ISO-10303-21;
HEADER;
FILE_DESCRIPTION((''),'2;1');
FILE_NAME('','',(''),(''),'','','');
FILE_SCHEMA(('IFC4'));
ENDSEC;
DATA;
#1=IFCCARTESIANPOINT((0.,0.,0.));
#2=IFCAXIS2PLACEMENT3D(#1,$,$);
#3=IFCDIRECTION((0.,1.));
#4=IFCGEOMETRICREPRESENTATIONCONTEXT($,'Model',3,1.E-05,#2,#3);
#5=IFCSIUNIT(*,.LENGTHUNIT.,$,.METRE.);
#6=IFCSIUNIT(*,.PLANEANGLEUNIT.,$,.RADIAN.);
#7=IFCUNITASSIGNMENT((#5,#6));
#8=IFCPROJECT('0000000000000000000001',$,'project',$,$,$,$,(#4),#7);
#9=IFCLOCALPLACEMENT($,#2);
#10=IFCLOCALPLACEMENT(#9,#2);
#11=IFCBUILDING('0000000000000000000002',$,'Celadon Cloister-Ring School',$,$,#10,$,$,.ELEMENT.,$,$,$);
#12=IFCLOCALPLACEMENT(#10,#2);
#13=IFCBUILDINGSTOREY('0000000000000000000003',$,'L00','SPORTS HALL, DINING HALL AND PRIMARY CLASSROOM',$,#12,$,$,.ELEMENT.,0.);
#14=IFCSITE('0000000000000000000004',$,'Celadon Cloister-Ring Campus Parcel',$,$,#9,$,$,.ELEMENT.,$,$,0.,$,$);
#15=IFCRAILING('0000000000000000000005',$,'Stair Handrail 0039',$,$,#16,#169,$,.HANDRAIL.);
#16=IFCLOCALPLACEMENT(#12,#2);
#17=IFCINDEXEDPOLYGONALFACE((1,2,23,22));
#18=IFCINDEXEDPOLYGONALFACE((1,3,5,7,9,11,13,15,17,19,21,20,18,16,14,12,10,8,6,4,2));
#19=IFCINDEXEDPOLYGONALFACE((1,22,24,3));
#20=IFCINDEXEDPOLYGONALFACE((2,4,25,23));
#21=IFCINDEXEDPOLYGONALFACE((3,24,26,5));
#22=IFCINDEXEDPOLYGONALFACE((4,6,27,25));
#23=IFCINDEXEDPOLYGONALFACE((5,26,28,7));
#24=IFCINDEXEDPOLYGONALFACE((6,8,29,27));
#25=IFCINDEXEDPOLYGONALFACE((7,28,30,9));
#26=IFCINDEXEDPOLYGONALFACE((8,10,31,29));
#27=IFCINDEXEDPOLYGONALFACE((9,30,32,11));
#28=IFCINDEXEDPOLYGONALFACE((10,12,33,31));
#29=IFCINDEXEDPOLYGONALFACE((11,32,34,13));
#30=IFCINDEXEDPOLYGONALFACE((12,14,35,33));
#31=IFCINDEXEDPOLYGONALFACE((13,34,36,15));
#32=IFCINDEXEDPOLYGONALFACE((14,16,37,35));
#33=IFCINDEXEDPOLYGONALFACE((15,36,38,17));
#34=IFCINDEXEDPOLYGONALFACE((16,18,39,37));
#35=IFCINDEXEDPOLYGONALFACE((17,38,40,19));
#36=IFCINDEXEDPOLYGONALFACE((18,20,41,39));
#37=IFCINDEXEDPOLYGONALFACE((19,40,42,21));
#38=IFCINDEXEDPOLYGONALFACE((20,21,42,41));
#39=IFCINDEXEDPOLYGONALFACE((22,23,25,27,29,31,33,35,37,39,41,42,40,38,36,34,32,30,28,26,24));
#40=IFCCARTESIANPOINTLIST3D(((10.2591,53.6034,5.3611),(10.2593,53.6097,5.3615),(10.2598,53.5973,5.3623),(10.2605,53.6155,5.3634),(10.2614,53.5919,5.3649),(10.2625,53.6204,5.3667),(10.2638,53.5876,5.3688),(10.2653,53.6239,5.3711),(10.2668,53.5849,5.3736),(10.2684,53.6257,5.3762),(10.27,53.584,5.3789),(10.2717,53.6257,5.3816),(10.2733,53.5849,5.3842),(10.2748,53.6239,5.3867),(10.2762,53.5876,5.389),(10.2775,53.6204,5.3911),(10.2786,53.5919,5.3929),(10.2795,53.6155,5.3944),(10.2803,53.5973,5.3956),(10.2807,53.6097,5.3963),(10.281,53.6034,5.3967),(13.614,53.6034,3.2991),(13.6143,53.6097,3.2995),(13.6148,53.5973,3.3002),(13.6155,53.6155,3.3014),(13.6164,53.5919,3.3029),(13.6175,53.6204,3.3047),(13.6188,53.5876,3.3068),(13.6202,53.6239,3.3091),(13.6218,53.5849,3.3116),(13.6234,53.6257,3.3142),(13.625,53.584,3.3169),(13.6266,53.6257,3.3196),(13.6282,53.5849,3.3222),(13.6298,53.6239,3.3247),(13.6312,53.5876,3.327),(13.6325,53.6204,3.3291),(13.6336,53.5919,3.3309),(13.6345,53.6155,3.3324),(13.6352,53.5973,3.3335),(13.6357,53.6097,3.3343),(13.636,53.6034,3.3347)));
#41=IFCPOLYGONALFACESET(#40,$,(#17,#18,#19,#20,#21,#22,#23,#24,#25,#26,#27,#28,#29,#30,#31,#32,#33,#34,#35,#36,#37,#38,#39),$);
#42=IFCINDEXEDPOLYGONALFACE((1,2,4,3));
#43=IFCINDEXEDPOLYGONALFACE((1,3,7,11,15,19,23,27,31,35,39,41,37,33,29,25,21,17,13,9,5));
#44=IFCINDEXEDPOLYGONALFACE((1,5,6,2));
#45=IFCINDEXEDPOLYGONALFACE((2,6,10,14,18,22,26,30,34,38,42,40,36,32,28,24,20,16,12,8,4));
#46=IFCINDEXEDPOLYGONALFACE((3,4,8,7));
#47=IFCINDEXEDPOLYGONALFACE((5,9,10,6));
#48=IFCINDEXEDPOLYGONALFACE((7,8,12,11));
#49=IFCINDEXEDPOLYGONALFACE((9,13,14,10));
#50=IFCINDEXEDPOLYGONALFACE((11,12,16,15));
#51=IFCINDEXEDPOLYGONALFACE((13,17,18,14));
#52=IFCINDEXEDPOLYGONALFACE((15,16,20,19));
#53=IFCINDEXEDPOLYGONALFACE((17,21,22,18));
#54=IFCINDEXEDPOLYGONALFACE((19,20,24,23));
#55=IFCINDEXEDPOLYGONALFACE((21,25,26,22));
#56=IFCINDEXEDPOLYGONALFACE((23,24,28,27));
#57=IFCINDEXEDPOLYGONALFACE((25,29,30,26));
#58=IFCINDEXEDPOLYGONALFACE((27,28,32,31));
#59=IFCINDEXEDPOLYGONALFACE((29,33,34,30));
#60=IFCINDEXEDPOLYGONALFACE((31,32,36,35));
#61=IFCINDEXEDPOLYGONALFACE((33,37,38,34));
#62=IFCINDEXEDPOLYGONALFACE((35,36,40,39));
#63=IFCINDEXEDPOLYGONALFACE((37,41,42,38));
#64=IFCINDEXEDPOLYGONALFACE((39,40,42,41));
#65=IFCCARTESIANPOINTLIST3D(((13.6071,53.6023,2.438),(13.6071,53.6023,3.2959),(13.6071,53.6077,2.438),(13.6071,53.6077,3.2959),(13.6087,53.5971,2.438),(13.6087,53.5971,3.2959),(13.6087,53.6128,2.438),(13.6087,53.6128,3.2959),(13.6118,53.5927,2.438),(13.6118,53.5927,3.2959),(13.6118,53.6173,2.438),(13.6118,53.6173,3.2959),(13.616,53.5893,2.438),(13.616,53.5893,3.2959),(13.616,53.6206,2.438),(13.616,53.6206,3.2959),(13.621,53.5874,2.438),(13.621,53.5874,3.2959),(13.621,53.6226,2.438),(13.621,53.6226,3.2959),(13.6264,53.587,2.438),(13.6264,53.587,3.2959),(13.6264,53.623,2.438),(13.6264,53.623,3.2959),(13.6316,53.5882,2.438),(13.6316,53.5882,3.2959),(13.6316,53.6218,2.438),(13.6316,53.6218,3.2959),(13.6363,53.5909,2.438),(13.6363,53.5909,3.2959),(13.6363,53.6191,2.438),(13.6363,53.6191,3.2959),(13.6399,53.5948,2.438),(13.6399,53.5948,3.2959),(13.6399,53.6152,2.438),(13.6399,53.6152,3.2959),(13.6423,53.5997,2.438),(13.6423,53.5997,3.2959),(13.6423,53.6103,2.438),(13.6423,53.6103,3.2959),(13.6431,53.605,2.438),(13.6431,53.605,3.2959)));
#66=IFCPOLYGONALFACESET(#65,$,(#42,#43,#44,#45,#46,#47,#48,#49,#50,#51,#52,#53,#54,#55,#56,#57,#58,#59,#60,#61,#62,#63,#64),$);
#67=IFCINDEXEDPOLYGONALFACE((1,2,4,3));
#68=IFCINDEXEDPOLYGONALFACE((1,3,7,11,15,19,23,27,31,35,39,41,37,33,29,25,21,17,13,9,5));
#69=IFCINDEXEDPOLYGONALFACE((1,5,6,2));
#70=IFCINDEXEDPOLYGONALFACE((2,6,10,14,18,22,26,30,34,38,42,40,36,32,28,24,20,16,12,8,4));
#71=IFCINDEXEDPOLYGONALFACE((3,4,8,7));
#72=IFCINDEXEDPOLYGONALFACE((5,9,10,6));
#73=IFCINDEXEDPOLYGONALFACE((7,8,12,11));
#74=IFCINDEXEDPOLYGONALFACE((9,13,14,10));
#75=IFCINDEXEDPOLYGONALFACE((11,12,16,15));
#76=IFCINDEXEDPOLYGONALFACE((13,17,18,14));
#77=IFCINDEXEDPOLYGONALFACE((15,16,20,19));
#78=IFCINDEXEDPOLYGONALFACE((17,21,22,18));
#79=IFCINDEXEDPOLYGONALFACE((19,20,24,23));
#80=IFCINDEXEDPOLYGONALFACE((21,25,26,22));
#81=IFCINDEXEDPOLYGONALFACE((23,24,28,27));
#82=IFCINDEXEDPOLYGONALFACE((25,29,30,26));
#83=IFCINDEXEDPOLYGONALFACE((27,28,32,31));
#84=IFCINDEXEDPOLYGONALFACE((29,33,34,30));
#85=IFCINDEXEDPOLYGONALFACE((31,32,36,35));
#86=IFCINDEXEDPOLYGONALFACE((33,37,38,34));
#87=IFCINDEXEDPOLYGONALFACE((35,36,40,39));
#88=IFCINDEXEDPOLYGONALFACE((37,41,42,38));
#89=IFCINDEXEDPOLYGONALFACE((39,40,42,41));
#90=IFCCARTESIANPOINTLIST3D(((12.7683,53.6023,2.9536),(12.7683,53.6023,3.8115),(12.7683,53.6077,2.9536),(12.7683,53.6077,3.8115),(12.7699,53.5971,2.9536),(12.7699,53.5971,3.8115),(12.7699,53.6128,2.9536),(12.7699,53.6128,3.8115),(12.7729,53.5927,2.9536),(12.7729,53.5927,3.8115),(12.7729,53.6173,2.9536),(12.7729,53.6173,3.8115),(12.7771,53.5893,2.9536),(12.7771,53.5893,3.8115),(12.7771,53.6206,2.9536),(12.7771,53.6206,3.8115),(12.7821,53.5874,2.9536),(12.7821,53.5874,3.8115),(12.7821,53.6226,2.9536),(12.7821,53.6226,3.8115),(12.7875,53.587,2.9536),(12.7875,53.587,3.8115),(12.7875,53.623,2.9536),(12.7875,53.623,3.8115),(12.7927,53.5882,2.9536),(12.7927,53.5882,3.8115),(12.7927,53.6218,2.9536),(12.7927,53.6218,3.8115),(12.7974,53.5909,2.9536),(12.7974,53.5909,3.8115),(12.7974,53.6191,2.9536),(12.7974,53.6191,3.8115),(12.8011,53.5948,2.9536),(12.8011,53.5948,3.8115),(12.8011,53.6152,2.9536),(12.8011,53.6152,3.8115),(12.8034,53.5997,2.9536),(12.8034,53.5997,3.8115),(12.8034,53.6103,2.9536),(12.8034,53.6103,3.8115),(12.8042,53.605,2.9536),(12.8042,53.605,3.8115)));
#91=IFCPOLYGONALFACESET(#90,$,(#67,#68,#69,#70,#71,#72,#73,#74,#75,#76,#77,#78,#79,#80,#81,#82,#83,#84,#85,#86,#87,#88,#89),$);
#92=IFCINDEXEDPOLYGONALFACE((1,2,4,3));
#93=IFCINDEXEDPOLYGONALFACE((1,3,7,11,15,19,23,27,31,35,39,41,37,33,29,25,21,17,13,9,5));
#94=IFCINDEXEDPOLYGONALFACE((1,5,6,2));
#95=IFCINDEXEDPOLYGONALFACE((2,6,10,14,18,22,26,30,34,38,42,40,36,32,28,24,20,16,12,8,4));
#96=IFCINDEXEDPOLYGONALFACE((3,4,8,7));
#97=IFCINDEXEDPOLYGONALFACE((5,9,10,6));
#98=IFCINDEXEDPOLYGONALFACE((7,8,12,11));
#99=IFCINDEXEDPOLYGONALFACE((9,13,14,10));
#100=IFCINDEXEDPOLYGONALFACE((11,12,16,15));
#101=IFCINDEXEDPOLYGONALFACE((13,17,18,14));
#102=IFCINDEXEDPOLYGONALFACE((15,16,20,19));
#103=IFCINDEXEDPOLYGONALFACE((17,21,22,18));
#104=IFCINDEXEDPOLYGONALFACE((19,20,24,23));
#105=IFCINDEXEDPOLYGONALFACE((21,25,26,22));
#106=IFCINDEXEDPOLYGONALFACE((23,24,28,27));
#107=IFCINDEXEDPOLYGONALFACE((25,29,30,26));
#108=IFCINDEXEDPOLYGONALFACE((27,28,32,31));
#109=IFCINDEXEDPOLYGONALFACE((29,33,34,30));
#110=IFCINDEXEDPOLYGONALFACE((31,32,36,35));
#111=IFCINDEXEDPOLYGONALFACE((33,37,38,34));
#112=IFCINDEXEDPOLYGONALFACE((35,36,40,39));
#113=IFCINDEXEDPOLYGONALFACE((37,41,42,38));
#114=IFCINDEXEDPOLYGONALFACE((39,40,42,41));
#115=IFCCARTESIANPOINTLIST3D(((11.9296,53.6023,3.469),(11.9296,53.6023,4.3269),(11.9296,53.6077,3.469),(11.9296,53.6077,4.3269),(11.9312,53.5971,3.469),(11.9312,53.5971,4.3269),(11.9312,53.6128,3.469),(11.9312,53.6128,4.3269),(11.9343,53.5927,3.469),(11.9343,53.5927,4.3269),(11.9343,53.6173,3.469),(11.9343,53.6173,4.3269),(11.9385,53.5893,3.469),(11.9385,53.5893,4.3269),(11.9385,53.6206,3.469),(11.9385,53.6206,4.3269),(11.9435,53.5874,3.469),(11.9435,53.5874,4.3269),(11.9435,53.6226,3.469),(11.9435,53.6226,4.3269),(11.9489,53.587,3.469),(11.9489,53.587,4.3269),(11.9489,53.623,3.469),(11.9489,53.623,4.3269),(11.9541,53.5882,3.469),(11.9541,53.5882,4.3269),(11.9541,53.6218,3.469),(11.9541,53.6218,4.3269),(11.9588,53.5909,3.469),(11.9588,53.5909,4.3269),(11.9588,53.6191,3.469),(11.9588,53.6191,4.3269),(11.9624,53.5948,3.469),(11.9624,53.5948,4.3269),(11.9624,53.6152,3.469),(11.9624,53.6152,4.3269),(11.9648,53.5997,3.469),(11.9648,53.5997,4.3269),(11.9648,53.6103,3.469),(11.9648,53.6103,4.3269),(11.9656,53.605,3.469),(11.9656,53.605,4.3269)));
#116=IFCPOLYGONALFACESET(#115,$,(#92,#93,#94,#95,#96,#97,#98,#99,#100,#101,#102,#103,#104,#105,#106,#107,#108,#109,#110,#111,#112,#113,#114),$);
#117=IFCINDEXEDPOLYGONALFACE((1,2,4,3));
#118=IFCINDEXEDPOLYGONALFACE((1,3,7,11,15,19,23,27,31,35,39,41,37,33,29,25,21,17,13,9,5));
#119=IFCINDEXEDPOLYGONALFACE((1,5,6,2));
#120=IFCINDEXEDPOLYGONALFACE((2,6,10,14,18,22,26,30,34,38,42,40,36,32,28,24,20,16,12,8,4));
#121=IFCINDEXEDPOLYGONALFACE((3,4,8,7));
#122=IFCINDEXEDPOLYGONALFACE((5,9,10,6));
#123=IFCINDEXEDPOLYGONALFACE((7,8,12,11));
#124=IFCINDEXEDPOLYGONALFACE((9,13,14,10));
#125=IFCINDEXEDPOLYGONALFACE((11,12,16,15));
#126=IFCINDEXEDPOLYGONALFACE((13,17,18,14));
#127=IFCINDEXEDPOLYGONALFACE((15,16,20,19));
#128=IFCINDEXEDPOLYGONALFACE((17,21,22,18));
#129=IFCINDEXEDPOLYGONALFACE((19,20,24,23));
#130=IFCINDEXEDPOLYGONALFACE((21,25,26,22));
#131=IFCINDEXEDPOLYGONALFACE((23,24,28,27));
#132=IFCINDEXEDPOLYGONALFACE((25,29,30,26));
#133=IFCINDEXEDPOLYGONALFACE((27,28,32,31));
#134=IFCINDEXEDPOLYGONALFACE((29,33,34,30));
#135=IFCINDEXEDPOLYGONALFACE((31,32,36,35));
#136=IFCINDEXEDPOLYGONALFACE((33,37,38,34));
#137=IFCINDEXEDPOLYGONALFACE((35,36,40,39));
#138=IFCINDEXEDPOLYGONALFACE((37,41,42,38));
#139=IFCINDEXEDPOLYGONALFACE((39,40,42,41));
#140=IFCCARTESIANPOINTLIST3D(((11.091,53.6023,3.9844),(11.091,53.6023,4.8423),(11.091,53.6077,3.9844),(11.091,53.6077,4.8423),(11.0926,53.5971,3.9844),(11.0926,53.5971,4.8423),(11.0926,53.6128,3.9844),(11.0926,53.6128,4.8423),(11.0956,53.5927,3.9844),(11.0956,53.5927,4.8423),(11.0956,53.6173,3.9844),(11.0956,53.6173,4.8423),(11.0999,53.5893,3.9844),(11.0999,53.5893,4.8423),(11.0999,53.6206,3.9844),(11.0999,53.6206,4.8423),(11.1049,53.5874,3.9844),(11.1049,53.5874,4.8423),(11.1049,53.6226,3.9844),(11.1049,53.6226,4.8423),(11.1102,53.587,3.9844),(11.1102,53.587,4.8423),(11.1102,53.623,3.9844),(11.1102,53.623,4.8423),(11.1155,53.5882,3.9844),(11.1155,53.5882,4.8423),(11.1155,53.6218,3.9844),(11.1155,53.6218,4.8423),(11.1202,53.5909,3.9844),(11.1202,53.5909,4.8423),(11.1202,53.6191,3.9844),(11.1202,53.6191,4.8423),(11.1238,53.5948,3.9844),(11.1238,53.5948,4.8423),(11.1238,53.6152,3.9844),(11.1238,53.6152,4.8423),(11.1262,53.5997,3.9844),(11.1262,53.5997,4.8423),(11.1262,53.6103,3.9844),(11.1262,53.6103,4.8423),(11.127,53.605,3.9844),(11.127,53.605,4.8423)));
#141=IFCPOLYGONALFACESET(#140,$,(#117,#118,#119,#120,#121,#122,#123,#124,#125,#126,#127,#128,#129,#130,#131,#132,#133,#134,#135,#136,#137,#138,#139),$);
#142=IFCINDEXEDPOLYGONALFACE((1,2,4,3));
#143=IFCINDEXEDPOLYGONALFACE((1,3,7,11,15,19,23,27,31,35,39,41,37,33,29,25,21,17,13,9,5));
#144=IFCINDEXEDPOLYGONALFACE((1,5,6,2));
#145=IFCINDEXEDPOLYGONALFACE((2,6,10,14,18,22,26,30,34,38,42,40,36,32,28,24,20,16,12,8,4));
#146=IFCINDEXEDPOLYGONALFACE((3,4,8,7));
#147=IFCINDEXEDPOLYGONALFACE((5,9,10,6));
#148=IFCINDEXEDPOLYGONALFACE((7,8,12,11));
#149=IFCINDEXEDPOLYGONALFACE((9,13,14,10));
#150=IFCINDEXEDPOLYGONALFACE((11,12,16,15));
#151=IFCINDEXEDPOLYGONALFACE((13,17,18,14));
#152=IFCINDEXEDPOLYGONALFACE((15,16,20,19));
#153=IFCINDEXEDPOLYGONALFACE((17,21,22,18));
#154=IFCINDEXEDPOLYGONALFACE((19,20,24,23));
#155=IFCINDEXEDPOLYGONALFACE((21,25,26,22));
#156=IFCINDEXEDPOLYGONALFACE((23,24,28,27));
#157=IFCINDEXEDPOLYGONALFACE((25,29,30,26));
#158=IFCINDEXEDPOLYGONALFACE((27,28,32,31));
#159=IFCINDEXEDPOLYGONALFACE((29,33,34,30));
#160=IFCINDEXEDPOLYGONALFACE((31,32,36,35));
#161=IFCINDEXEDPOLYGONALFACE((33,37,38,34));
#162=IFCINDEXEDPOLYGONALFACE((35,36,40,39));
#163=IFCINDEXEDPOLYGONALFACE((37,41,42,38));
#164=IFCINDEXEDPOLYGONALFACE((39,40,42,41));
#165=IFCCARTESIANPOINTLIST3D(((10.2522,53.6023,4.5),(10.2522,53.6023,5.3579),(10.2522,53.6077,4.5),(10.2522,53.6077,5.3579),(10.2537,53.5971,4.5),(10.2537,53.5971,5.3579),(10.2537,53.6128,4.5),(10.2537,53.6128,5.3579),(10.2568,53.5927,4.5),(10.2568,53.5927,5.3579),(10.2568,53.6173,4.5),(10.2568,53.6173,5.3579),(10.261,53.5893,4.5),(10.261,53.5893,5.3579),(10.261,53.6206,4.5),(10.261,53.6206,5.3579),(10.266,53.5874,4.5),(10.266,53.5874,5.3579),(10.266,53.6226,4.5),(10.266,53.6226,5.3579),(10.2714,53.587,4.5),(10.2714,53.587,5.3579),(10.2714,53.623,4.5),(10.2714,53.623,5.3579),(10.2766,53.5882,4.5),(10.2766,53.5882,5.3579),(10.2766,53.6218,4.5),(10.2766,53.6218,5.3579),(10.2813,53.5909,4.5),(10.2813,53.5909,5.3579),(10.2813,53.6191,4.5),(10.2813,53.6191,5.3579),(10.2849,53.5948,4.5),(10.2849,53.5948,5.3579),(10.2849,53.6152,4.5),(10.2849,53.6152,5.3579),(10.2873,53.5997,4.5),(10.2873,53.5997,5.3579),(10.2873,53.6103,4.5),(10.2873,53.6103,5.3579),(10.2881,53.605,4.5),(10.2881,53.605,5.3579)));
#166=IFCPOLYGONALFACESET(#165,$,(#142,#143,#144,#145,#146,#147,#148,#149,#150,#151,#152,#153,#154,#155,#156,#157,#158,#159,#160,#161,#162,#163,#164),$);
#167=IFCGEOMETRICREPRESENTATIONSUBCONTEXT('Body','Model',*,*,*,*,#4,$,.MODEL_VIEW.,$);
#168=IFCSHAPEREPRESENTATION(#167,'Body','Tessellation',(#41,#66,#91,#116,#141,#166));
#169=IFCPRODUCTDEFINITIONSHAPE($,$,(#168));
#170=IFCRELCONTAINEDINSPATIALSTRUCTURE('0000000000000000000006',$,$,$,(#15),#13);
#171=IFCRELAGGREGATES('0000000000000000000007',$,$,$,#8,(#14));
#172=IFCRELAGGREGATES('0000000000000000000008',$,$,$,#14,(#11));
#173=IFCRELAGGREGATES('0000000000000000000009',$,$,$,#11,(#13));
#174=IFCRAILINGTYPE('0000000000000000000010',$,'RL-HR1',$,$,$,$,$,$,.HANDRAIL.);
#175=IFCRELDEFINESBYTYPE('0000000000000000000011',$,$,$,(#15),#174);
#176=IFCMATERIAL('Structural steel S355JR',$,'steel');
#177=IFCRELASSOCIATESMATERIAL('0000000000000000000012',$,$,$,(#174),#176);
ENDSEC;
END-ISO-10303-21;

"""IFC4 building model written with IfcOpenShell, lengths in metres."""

from ifc_helpers import new_model, si_unit, direction, frame, origin, origin_2d, place, context, subcontext, project, spatial, circle, extrude, material, type_object, element, save


model = new_model("IFC4")

# Units and contexts
model_context = context("Model", 3, precision=1e-05, world=origin(), true_north=direction((0.0, 1.0)))
body_context = subcontext(model_context, "Body", "Model", "MODEL_VIEW")
ifc_project = project(units=[si_unit("LENGTHUNIT", "METRE"), si_unit("PLANEANGLEUNIT", "RADIAN")], contexts=[model_context])

# Site, building, storey
site_placement = place(None, origin())
site = spatial("IfcSite", under=ifc_project, at=site_placement, Name="Celadon Cloister-Ring Campus Parcel", CompositionType="ELEMENT", RefElevation=0.0)
building_placement = place(site_placement, origin())
building = spatial("IfcBuilding", under=site, at=building_placement, Name="Celadon Cloister-Ring School", CompositionType="ELEMENT")
storey_placement = place(building_placement, origin())
storey = spatial("IfcBuildingStorey", under=building, at=storey_placement, Name="L00", Description="SPORTS HALL, DINING HALL AND PRIMARY CLASSROOM", CompositionType="ELEMENT", Elevation=0.0)

# Railing
ifc_material_1 = material(Name="Structural steel S355JR", Category="steel")
railing_type_1 = type_object("IfcRailingType", Name="RL-HR1", PredefinedType="HANDRAIL", material=ifc_material_1)
for number, where, name in (
    (1, (13.625, 53.605, 2.438), "Stair Handrail 0039"),
):
    element("IfcRailing", number, at=place(storey_placement, frame(where)), inside=storey, type_object=railing_type_1, Name=name, PredefinedType="HANDRAIL", context=body_context, shape_type="SweptSolid", body=[
        extrude(circle(Radius=0.021, at=origin_2d()), frame((0.0, 0.0, 0.8789), z_axis=(-0.851952, 0.0, 0.52362), x_axis=(0.0, -1.0, 0.0)), (0.0, 0.0, 1.0), 3.938),
        extrude(circle(Radius=0.0181, at=origin_2d()), origin(), (0.0, 0.0, 1.0), 0.8579),
        extrude(circle(Radius=0.0181, at=origin_2d()), frame((-0.8389, 0.0, 0.5156)), (0.0, 0.0, 1.0), 0.8579),
        extrude(circle(Radius=0.0181, at=origin_2d()), frame((-1.6775, 0.0, 1.031)), (0.0, 0.0, 1.0), 0.8579),
        extrude(circle(Radius=0.0181, at=origin_2d()), frame((-2.5161, 0.0, 1.5464)), (0.0, 0.0, 1.0), 0.8579),
        extrude(circle(Radius=0.0181, at=origin_2d()), frame((-3.355, 0.0, 2.062)), (0.0, 0.0, 1.0), 0.8579),
    ])

save(model, "model.ifc")
